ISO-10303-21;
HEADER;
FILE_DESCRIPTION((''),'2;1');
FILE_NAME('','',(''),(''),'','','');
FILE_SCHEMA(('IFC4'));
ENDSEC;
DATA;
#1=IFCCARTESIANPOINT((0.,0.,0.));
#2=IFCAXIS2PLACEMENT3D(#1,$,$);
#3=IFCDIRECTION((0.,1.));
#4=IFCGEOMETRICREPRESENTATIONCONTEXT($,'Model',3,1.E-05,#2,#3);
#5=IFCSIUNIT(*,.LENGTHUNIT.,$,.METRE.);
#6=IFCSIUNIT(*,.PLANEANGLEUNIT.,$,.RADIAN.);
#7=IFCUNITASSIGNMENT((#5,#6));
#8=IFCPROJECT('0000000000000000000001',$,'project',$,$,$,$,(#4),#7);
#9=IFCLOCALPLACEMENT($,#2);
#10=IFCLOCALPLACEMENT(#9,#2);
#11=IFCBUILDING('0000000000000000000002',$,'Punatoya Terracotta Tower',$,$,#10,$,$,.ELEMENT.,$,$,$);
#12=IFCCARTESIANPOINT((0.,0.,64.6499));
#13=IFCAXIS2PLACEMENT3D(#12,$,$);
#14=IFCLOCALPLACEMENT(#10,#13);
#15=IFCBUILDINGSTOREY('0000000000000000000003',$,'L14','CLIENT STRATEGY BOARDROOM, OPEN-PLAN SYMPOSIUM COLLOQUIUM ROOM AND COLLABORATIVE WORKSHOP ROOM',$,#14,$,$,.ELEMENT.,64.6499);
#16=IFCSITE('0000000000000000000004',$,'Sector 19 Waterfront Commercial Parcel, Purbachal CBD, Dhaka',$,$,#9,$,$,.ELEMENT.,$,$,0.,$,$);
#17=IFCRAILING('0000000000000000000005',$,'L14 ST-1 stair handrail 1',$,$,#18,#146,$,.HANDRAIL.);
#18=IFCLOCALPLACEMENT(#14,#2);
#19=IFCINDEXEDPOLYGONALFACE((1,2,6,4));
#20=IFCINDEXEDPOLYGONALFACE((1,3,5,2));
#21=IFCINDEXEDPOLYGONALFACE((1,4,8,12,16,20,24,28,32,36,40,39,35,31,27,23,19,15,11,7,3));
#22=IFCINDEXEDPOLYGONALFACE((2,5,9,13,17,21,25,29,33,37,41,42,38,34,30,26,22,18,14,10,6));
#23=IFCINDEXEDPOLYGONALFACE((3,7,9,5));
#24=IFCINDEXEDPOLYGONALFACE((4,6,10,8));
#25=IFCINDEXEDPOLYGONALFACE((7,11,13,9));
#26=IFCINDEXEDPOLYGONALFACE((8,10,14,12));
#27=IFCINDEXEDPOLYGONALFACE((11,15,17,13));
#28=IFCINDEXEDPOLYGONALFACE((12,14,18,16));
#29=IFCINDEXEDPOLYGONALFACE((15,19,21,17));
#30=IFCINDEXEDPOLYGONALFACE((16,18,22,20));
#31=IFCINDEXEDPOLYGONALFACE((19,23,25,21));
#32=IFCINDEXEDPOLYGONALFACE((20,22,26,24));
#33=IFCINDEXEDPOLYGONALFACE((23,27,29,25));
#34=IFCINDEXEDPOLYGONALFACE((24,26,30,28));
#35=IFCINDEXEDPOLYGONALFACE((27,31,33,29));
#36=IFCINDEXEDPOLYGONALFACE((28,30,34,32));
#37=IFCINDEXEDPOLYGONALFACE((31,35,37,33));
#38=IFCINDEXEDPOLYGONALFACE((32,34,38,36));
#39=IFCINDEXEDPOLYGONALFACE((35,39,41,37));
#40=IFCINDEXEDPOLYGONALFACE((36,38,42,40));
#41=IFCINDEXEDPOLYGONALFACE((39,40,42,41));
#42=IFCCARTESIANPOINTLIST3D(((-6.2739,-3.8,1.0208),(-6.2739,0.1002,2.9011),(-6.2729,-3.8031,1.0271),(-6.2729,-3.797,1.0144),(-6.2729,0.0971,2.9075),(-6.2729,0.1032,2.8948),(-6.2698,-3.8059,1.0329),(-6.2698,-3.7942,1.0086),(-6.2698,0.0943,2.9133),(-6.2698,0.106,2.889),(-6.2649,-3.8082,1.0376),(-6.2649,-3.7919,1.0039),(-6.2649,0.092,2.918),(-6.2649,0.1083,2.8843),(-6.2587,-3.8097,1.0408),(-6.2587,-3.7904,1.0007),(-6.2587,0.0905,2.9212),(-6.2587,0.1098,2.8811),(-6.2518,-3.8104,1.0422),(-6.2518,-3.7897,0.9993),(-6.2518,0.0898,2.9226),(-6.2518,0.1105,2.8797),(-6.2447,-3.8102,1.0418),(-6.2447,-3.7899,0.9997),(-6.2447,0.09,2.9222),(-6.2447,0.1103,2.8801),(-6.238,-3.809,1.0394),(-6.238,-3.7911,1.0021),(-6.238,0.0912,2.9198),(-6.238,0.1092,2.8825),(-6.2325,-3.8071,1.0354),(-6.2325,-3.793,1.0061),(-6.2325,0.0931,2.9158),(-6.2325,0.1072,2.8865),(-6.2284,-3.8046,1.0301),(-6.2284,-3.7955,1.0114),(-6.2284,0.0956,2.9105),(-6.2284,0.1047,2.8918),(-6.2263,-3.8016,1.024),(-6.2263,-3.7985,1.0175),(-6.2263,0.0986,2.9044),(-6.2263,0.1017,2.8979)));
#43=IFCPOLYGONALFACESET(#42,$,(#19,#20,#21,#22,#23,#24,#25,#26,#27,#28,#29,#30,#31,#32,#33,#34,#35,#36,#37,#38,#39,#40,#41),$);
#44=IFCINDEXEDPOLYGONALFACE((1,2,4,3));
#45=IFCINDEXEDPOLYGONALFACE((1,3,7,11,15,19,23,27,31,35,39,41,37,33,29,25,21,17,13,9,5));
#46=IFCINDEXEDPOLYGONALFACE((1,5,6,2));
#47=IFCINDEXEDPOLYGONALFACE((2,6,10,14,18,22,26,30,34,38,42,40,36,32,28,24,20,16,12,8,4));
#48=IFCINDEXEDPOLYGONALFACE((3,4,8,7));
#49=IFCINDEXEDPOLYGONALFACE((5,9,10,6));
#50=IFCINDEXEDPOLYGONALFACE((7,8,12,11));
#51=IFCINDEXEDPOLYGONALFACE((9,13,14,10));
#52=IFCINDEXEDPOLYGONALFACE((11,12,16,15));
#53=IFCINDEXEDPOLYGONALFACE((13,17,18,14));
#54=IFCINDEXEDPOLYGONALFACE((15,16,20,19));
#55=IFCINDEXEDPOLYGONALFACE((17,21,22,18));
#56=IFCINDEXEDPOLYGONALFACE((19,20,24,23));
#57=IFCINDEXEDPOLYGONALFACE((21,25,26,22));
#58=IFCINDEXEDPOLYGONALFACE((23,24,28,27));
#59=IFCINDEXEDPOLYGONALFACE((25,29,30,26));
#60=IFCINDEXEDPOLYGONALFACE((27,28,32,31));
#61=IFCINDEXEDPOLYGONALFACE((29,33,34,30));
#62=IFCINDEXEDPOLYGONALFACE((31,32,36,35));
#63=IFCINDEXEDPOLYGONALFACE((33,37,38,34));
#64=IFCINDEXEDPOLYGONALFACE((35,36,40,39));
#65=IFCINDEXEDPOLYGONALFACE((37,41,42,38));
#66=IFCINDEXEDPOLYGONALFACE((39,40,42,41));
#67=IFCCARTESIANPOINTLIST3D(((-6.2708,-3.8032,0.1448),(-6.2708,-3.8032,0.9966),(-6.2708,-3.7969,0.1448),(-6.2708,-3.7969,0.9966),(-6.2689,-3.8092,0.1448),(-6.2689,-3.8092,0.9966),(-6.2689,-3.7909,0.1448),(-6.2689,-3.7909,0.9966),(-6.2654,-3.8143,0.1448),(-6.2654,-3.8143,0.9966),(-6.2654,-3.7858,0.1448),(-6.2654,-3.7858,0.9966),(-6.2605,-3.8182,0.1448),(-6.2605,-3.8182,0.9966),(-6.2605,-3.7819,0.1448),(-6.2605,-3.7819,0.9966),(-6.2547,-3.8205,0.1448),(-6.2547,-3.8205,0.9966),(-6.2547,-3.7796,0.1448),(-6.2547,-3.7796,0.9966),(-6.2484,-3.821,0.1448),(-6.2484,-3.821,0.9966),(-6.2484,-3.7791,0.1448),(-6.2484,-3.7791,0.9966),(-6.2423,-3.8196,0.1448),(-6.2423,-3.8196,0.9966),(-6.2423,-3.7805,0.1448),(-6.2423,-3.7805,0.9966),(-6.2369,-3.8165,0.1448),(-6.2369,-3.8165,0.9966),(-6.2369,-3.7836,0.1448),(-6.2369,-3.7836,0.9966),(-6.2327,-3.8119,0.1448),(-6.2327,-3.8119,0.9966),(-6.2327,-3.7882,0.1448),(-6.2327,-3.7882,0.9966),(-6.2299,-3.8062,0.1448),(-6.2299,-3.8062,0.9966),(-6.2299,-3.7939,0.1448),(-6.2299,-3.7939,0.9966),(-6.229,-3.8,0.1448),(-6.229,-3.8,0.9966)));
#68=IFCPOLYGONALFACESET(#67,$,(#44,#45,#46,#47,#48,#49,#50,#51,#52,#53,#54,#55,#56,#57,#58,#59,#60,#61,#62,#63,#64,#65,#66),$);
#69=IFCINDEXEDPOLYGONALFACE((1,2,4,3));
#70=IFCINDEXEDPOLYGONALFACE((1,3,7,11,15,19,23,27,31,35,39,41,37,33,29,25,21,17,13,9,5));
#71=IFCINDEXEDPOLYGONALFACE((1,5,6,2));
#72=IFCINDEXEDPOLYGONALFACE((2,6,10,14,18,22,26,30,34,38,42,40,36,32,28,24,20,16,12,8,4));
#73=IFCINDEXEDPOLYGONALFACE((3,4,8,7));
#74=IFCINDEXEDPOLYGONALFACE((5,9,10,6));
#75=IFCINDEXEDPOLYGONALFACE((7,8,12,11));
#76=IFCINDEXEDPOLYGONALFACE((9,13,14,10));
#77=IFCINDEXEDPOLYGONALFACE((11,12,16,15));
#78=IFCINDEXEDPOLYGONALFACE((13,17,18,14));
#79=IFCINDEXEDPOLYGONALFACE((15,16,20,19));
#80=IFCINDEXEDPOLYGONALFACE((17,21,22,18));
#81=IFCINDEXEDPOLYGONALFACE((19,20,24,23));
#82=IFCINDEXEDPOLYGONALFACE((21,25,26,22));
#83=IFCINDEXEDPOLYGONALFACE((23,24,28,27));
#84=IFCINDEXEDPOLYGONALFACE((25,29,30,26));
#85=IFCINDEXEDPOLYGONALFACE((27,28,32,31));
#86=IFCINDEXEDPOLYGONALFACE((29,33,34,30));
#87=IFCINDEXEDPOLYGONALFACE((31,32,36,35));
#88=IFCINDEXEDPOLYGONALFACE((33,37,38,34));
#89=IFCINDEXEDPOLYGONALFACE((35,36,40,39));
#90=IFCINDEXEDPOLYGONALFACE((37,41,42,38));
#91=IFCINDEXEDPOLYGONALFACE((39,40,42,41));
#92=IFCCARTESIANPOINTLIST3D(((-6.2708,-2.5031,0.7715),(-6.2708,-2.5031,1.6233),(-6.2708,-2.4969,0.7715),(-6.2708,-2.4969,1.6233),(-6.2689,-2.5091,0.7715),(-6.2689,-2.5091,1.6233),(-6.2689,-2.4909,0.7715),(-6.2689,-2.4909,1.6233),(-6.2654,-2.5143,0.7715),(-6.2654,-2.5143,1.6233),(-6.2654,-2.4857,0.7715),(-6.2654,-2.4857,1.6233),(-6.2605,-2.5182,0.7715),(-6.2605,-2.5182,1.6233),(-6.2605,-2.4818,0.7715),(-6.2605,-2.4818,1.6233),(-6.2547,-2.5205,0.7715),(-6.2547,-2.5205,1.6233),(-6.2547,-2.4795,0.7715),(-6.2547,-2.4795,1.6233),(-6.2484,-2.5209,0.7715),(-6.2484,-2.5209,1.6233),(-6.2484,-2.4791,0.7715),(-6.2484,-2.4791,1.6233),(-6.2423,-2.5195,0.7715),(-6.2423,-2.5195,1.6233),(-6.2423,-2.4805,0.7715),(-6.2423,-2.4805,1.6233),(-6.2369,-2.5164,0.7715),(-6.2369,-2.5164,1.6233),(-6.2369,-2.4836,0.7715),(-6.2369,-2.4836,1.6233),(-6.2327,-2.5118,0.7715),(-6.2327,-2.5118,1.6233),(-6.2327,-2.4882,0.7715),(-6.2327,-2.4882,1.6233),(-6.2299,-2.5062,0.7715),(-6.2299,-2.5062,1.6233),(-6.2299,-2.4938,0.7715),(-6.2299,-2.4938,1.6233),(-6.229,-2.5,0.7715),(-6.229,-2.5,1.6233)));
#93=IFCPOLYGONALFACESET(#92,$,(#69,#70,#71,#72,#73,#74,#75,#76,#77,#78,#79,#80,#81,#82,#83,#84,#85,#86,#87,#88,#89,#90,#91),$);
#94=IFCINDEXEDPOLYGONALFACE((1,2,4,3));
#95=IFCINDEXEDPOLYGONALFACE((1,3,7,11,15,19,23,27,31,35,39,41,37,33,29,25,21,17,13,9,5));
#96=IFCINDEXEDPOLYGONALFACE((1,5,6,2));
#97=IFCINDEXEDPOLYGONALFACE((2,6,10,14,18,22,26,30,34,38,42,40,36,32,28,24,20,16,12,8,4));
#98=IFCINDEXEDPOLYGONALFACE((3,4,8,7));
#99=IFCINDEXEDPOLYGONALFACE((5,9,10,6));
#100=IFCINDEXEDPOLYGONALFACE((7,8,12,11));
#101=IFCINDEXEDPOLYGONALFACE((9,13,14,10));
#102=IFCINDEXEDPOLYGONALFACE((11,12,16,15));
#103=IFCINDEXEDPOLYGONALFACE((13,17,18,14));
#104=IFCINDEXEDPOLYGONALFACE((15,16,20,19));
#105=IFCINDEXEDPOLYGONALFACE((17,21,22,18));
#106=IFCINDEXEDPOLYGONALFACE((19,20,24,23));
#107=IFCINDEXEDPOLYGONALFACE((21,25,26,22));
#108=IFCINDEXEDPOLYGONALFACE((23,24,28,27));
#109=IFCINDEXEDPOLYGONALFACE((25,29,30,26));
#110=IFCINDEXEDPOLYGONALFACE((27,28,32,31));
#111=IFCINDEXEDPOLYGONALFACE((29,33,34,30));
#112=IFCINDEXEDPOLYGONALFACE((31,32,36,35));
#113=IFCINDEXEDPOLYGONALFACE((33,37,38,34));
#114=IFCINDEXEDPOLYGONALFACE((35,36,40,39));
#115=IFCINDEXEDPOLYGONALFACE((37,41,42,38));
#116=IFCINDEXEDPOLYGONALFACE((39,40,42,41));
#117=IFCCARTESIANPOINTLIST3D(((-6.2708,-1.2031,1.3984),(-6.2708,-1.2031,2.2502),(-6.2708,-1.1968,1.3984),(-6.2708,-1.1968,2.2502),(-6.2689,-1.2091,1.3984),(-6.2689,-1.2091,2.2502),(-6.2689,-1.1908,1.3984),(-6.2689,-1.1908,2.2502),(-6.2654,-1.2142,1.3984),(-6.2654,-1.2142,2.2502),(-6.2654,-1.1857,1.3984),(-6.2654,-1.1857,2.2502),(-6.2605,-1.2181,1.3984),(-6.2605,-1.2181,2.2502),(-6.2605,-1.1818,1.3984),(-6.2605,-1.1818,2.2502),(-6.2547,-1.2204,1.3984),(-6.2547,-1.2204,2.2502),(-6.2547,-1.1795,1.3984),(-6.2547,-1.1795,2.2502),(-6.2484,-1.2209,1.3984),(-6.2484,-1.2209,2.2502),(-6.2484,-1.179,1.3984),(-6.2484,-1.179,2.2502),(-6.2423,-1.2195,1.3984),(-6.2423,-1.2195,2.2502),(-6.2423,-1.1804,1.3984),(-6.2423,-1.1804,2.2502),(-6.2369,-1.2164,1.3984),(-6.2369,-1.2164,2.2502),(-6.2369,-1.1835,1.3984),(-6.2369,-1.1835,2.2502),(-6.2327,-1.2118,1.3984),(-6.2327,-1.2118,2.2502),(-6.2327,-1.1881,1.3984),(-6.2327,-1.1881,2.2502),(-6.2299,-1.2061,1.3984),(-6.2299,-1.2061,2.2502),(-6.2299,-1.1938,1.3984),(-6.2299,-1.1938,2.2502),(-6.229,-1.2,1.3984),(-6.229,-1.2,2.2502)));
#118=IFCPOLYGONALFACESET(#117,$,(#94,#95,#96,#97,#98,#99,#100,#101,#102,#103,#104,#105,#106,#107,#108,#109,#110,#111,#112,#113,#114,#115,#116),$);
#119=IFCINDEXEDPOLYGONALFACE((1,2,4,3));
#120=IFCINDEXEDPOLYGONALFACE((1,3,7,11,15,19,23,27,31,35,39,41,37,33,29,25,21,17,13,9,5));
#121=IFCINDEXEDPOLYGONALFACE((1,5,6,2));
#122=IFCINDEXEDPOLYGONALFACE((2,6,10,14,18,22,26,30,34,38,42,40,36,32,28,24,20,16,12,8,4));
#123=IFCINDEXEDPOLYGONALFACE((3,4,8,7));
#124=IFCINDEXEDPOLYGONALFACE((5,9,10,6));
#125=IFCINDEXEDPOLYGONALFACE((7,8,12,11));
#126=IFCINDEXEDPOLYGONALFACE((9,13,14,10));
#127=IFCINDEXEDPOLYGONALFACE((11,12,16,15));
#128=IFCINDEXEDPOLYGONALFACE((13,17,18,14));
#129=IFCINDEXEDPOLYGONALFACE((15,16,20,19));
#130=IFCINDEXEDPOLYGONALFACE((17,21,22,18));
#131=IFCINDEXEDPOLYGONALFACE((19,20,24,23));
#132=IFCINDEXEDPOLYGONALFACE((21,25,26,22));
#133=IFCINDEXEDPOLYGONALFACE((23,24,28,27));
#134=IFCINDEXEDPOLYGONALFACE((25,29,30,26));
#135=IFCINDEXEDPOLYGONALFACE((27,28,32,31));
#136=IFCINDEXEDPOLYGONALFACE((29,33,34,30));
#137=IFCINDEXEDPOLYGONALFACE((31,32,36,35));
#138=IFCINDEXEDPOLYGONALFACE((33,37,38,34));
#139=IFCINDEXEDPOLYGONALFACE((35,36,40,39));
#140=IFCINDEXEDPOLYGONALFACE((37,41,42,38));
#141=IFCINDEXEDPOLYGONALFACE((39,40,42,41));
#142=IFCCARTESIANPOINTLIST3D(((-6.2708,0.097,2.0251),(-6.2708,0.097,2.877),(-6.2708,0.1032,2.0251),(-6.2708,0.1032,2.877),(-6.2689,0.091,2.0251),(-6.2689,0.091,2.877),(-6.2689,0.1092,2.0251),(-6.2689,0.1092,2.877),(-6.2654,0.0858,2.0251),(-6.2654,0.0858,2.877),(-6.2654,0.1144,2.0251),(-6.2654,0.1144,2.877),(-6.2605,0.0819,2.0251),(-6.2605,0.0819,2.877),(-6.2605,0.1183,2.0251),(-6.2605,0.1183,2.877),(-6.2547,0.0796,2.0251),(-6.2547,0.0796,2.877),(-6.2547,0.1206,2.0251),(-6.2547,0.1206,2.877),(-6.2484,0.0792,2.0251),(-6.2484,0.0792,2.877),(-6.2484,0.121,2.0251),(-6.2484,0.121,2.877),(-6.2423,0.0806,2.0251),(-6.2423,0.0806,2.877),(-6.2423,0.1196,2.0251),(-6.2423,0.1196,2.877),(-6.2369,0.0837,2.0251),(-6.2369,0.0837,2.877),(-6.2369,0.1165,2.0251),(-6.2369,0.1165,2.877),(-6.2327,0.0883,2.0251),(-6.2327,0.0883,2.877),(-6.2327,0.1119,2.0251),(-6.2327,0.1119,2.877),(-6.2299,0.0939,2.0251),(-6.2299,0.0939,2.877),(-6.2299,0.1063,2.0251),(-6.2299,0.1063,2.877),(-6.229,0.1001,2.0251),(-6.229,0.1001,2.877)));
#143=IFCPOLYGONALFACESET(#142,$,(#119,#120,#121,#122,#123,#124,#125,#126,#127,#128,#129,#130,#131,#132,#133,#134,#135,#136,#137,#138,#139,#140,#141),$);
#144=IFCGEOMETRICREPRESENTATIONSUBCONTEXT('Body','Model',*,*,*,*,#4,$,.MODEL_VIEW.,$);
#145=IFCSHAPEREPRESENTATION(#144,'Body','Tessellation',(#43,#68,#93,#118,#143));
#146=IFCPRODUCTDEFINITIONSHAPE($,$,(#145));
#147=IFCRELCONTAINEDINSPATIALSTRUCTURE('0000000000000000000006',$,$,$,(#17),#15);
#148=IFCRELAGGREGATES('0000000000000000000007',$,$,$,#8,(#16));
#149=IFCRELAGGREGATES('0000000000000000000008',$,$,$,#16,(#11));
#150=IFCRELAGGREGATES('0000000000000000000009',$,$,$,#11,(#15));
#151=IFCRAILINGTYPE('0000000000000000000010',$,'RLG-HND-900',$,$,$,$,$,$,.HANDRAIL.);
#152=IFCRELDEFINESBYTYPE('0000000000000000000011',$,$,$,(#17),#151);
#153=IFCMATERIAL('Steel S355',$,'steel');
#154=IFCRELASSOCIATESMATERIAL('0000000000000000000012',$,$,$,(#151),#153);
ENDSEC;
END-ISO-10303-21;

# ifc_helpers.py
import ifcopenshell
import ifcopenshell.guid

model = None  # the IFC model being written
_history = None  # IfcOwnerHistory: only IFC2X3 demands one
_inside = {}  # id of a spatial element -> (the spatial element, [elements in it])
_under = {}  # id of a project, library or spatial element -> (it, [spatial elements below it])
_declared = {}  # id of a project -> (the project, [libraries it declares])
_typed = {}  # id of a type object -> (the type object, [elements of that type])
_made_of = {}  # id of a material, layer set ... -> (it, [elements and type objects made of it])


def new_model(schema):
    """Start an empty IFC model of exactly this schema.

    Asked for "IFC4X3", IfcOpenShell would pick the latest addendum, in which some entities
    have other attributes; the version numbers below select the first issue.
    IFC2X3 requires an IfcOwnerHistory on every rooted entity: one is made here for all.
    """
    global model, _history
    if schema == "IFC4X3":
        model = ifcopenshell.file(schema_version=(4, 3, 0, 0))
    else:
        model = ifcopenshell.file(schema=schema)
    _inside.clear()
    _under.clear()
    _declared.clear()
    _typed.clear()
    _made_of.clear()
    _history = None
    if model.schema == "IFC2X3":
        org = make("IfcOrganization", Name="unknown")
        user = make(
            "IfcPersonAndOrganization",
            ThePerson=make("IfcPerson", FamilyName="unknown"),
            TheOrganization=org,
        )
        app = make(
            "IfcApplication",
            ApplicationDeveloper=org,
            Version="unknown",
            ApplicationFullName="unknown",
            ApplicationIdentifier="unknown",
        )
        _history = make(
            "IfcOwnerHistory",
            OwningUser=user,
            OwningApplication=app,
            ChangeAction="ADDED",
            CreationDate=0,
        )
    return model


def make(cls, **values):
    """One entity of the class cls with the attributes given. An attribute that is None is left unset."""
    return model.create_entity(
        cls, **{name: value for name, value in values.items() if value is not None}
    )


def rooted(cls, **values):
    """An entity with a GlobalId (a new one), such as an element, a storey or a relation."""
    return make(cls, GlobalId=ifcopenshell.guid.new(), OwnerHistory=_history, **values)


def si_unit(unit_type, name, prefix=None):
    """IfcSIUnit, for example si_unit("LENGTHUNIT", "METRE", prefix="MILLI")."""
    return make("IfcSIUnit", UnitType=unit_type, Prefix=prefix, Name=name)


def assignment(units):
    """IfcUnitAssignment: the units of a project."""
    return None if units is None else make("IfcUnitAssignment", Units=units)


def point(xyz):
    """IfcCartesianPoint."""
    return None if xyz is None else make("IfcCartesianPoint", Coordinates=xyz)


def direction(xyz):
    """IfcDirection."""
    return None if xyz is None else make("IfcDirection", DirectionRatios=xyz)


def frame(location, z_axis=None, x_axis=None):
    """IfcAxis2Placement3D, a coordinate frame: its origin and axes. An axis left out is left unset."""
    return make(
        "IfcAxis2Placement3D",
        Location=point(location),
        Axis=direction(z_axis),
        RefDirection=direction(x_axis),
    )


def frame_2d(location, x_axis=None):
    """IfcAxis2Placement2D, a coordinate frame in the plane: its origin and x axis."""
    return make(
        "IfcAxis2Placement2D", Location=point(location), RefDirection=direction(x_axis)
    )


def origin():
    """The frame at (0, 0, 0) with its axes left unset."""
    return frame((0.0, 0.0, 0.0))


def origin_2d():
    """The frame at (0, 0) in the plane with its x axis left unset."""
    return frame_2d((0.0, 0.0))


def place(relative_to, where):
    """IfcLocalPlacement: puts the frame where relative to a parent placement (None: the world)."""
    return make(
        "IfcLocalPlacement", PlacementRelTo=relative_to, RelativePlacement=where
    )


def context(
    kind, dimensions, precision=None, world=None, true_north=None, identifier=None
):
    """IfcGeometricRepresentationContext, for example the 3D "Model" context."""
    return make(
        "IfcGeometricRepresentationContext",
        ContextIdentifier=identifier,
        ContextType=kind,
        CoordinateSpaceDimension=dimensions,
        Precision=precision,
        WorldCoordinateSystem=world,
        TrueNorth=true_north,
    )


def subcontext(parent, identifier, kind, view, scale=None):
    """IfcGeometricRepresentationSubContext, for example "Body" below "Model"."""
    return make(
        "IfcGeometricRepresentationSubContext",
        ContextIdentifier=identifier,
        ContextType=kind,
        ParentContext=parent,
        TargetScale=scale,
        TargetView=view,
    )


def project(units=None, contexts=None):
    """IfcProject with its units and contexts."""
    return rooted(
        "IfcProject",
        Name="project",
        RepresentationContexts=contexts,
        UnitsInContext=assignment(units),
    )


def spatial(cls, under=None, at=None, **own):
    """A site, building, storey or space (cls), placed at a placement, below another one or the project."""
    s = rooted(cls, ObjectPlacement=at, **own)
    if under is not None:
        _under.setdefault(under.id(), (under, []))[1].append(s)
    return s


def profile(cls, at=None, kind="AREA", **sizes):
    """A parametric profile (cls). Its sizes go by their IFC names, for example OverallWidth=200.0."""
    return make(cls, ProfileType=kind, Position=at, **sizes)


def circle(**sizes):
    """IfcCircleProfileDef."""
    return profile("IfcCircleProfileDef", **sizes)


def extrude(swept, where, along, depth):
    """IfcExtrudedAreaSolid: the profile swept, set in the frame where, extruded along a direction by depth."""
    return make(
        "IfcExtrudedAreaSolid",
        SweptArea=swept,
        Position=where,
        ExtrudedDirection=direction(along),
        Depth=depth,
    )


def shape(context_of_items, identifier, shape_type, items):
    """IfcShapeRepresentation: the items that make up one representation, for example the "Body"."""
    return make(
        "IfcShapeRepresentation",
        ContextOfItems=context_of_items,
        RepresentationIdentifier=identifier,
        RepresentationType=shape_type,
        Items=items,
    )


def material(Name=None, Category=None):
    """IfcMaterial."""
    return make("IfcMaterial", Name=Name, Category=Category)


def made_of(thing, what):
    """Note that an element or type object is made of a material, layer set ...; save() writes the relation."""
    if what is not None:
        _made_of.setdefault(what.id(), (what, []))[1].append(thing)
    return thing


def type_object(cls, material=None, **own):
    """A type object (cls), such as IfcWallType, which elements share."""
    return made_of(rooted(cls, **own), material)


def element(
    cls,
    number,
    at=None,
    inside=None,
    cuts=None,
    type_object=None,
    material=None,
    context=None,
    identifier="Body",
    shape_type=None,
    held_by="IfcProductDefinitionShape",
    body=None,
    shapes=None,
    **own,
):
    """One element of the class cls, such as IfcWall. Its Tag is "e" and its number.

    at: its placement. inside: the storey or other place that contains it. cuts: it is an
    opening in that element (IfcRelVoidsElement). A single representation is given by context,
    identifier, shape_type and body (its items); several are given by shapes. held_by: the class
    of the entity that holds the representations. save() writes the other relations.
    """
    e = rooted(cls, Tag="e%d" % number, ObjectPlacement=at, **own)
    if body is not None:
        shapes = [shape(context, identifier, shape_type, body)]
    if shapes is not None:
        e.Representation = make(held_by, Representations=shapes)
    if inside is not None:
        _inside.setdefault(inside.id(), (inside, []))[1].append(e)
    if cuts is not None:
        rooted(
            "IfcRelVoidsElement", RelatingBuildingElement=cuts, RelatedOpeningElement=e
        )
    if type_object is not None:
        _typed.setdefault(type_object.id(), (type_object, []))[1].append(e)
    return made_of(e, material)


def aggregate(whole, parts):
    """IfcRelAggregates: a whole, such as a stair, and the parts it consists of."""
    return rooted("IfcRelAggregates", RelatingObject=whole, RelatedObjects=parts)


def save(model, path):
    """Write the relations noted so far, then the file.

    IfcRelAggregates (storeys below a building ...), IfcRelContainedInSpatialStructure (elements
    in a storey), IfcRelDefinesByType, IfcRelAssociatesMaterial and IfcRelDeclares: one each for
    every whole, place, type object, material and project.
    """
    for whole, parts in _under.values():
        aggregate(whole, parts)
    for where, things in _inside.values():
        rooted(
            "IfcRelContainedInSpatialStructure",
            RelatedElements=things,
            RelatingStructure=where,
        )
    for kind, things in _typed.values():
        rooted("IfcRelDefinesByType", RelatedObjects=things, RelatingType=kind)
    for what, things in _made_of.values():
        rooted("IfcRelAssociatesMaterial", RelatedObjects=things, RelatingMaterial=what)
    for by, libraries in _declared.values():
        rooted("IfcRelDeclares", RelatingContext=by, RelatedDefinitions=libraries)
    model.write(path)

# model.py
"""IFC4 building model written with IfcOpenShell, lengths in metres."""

from ifc_helpers import new_model, si_unit, direction, frame, origin, origin_2d, place, context, subcontext, project, spatial, circle, extrude, material, type_object, element, save


model = new_model("IFC4")

# Units and contexts
model_context = context("Model", 3, precision=1e-05, world=origin(), true_north=direction((0.0, 1.0)))
body_context = subcontext(model_context, "Body", "Model", "MODEL_VIEW")
ifc_project = project(units=[si_unit("LENGTHUNIT", "METRE"), si_unit("PLANEANGLEUNIT", "RADIAN")], contexts=[model_context])

# Site, building, storey
site_placement = place(None, origin())
site = spatial("IfcSite", under=ifc_project, at=site_placement, Name="Sector 19 Waterfront Commercial Parcel, Purbachal CBD, Dhaka", CompositionType="ELEMENT", RefElevation=0.0)
building_placement = place(site_placement, origin())
building = spatial("IfcBuilding", under=site, at=building_placement, Name="Punatoya Terracotta Tower", CompositionType="ELEMENT")
storey_placement = place(building_placement, frame((0.0, 0.0, 64.6499)))
storey = spatial("IfcBuildingStorey", under=building, at=storey_placement, Name="L14", Description="CLIENT STRATEGY BOARDROOM, OPEN-PLAN SYMPOSIUM COLLOQUIUM ROOM AND COLLABORATIVE WORKSHOP ROOM", CompositionType="ELEMENT", Elevation=64.6499)

# Railing
ifc_material_1 = material(Name="Steel S355", Category="steel")
railing_type_1 = type_object("IfcRailingType", Name="RLG-HND-900", PredefinedType="HANDRAIL", material=ifc_material_1)
railing_1_placement = place(storey_placement, frame((-6.25, -3.8, 0.1448)))
element("IfcRailing", 1, at=railing_1_placement, inside=storey, type_object=railing_type_1, Name="L14 ST-1 stair handrail 1", PredefinedType="HANDRAIL", context=body_context, shape_type="SweptSolid", body=[
    extrude(circle(Radius=0.0239, at=origin_2d()), frame((0.0, 0.0, 0.876), z_axis=(0.0, 0.900774, 0.434289), x_axis=(-1.0, 0.0, 0.0)), (0.0, 0.0, 1.0), 4.3298),
    extrude(circle(Radius=0.021, at=origin_2d()), origin(), (0.0, 0.0, 1.0), 0.8518),
    extrude(circle(Radius=0.021, at=origin_2d()), frame((0.0, 1.3, 0.6267)), (0.0, 0.0, 1.0), 0.8518),
    extrude(circle(Radius=0.021, at=origin_2d()), frame((0.0, 2.6001, 1.2537)), (0.0, 0.0, 1.0), 0.8518),
    extrude(circle(Radius=0.021, at=origin_2d()), frame((0.0, 3.9001, 1.8804)), (0.0, 0.0, 1.0), 0.8518),
])

save(model, "model.ifc")
